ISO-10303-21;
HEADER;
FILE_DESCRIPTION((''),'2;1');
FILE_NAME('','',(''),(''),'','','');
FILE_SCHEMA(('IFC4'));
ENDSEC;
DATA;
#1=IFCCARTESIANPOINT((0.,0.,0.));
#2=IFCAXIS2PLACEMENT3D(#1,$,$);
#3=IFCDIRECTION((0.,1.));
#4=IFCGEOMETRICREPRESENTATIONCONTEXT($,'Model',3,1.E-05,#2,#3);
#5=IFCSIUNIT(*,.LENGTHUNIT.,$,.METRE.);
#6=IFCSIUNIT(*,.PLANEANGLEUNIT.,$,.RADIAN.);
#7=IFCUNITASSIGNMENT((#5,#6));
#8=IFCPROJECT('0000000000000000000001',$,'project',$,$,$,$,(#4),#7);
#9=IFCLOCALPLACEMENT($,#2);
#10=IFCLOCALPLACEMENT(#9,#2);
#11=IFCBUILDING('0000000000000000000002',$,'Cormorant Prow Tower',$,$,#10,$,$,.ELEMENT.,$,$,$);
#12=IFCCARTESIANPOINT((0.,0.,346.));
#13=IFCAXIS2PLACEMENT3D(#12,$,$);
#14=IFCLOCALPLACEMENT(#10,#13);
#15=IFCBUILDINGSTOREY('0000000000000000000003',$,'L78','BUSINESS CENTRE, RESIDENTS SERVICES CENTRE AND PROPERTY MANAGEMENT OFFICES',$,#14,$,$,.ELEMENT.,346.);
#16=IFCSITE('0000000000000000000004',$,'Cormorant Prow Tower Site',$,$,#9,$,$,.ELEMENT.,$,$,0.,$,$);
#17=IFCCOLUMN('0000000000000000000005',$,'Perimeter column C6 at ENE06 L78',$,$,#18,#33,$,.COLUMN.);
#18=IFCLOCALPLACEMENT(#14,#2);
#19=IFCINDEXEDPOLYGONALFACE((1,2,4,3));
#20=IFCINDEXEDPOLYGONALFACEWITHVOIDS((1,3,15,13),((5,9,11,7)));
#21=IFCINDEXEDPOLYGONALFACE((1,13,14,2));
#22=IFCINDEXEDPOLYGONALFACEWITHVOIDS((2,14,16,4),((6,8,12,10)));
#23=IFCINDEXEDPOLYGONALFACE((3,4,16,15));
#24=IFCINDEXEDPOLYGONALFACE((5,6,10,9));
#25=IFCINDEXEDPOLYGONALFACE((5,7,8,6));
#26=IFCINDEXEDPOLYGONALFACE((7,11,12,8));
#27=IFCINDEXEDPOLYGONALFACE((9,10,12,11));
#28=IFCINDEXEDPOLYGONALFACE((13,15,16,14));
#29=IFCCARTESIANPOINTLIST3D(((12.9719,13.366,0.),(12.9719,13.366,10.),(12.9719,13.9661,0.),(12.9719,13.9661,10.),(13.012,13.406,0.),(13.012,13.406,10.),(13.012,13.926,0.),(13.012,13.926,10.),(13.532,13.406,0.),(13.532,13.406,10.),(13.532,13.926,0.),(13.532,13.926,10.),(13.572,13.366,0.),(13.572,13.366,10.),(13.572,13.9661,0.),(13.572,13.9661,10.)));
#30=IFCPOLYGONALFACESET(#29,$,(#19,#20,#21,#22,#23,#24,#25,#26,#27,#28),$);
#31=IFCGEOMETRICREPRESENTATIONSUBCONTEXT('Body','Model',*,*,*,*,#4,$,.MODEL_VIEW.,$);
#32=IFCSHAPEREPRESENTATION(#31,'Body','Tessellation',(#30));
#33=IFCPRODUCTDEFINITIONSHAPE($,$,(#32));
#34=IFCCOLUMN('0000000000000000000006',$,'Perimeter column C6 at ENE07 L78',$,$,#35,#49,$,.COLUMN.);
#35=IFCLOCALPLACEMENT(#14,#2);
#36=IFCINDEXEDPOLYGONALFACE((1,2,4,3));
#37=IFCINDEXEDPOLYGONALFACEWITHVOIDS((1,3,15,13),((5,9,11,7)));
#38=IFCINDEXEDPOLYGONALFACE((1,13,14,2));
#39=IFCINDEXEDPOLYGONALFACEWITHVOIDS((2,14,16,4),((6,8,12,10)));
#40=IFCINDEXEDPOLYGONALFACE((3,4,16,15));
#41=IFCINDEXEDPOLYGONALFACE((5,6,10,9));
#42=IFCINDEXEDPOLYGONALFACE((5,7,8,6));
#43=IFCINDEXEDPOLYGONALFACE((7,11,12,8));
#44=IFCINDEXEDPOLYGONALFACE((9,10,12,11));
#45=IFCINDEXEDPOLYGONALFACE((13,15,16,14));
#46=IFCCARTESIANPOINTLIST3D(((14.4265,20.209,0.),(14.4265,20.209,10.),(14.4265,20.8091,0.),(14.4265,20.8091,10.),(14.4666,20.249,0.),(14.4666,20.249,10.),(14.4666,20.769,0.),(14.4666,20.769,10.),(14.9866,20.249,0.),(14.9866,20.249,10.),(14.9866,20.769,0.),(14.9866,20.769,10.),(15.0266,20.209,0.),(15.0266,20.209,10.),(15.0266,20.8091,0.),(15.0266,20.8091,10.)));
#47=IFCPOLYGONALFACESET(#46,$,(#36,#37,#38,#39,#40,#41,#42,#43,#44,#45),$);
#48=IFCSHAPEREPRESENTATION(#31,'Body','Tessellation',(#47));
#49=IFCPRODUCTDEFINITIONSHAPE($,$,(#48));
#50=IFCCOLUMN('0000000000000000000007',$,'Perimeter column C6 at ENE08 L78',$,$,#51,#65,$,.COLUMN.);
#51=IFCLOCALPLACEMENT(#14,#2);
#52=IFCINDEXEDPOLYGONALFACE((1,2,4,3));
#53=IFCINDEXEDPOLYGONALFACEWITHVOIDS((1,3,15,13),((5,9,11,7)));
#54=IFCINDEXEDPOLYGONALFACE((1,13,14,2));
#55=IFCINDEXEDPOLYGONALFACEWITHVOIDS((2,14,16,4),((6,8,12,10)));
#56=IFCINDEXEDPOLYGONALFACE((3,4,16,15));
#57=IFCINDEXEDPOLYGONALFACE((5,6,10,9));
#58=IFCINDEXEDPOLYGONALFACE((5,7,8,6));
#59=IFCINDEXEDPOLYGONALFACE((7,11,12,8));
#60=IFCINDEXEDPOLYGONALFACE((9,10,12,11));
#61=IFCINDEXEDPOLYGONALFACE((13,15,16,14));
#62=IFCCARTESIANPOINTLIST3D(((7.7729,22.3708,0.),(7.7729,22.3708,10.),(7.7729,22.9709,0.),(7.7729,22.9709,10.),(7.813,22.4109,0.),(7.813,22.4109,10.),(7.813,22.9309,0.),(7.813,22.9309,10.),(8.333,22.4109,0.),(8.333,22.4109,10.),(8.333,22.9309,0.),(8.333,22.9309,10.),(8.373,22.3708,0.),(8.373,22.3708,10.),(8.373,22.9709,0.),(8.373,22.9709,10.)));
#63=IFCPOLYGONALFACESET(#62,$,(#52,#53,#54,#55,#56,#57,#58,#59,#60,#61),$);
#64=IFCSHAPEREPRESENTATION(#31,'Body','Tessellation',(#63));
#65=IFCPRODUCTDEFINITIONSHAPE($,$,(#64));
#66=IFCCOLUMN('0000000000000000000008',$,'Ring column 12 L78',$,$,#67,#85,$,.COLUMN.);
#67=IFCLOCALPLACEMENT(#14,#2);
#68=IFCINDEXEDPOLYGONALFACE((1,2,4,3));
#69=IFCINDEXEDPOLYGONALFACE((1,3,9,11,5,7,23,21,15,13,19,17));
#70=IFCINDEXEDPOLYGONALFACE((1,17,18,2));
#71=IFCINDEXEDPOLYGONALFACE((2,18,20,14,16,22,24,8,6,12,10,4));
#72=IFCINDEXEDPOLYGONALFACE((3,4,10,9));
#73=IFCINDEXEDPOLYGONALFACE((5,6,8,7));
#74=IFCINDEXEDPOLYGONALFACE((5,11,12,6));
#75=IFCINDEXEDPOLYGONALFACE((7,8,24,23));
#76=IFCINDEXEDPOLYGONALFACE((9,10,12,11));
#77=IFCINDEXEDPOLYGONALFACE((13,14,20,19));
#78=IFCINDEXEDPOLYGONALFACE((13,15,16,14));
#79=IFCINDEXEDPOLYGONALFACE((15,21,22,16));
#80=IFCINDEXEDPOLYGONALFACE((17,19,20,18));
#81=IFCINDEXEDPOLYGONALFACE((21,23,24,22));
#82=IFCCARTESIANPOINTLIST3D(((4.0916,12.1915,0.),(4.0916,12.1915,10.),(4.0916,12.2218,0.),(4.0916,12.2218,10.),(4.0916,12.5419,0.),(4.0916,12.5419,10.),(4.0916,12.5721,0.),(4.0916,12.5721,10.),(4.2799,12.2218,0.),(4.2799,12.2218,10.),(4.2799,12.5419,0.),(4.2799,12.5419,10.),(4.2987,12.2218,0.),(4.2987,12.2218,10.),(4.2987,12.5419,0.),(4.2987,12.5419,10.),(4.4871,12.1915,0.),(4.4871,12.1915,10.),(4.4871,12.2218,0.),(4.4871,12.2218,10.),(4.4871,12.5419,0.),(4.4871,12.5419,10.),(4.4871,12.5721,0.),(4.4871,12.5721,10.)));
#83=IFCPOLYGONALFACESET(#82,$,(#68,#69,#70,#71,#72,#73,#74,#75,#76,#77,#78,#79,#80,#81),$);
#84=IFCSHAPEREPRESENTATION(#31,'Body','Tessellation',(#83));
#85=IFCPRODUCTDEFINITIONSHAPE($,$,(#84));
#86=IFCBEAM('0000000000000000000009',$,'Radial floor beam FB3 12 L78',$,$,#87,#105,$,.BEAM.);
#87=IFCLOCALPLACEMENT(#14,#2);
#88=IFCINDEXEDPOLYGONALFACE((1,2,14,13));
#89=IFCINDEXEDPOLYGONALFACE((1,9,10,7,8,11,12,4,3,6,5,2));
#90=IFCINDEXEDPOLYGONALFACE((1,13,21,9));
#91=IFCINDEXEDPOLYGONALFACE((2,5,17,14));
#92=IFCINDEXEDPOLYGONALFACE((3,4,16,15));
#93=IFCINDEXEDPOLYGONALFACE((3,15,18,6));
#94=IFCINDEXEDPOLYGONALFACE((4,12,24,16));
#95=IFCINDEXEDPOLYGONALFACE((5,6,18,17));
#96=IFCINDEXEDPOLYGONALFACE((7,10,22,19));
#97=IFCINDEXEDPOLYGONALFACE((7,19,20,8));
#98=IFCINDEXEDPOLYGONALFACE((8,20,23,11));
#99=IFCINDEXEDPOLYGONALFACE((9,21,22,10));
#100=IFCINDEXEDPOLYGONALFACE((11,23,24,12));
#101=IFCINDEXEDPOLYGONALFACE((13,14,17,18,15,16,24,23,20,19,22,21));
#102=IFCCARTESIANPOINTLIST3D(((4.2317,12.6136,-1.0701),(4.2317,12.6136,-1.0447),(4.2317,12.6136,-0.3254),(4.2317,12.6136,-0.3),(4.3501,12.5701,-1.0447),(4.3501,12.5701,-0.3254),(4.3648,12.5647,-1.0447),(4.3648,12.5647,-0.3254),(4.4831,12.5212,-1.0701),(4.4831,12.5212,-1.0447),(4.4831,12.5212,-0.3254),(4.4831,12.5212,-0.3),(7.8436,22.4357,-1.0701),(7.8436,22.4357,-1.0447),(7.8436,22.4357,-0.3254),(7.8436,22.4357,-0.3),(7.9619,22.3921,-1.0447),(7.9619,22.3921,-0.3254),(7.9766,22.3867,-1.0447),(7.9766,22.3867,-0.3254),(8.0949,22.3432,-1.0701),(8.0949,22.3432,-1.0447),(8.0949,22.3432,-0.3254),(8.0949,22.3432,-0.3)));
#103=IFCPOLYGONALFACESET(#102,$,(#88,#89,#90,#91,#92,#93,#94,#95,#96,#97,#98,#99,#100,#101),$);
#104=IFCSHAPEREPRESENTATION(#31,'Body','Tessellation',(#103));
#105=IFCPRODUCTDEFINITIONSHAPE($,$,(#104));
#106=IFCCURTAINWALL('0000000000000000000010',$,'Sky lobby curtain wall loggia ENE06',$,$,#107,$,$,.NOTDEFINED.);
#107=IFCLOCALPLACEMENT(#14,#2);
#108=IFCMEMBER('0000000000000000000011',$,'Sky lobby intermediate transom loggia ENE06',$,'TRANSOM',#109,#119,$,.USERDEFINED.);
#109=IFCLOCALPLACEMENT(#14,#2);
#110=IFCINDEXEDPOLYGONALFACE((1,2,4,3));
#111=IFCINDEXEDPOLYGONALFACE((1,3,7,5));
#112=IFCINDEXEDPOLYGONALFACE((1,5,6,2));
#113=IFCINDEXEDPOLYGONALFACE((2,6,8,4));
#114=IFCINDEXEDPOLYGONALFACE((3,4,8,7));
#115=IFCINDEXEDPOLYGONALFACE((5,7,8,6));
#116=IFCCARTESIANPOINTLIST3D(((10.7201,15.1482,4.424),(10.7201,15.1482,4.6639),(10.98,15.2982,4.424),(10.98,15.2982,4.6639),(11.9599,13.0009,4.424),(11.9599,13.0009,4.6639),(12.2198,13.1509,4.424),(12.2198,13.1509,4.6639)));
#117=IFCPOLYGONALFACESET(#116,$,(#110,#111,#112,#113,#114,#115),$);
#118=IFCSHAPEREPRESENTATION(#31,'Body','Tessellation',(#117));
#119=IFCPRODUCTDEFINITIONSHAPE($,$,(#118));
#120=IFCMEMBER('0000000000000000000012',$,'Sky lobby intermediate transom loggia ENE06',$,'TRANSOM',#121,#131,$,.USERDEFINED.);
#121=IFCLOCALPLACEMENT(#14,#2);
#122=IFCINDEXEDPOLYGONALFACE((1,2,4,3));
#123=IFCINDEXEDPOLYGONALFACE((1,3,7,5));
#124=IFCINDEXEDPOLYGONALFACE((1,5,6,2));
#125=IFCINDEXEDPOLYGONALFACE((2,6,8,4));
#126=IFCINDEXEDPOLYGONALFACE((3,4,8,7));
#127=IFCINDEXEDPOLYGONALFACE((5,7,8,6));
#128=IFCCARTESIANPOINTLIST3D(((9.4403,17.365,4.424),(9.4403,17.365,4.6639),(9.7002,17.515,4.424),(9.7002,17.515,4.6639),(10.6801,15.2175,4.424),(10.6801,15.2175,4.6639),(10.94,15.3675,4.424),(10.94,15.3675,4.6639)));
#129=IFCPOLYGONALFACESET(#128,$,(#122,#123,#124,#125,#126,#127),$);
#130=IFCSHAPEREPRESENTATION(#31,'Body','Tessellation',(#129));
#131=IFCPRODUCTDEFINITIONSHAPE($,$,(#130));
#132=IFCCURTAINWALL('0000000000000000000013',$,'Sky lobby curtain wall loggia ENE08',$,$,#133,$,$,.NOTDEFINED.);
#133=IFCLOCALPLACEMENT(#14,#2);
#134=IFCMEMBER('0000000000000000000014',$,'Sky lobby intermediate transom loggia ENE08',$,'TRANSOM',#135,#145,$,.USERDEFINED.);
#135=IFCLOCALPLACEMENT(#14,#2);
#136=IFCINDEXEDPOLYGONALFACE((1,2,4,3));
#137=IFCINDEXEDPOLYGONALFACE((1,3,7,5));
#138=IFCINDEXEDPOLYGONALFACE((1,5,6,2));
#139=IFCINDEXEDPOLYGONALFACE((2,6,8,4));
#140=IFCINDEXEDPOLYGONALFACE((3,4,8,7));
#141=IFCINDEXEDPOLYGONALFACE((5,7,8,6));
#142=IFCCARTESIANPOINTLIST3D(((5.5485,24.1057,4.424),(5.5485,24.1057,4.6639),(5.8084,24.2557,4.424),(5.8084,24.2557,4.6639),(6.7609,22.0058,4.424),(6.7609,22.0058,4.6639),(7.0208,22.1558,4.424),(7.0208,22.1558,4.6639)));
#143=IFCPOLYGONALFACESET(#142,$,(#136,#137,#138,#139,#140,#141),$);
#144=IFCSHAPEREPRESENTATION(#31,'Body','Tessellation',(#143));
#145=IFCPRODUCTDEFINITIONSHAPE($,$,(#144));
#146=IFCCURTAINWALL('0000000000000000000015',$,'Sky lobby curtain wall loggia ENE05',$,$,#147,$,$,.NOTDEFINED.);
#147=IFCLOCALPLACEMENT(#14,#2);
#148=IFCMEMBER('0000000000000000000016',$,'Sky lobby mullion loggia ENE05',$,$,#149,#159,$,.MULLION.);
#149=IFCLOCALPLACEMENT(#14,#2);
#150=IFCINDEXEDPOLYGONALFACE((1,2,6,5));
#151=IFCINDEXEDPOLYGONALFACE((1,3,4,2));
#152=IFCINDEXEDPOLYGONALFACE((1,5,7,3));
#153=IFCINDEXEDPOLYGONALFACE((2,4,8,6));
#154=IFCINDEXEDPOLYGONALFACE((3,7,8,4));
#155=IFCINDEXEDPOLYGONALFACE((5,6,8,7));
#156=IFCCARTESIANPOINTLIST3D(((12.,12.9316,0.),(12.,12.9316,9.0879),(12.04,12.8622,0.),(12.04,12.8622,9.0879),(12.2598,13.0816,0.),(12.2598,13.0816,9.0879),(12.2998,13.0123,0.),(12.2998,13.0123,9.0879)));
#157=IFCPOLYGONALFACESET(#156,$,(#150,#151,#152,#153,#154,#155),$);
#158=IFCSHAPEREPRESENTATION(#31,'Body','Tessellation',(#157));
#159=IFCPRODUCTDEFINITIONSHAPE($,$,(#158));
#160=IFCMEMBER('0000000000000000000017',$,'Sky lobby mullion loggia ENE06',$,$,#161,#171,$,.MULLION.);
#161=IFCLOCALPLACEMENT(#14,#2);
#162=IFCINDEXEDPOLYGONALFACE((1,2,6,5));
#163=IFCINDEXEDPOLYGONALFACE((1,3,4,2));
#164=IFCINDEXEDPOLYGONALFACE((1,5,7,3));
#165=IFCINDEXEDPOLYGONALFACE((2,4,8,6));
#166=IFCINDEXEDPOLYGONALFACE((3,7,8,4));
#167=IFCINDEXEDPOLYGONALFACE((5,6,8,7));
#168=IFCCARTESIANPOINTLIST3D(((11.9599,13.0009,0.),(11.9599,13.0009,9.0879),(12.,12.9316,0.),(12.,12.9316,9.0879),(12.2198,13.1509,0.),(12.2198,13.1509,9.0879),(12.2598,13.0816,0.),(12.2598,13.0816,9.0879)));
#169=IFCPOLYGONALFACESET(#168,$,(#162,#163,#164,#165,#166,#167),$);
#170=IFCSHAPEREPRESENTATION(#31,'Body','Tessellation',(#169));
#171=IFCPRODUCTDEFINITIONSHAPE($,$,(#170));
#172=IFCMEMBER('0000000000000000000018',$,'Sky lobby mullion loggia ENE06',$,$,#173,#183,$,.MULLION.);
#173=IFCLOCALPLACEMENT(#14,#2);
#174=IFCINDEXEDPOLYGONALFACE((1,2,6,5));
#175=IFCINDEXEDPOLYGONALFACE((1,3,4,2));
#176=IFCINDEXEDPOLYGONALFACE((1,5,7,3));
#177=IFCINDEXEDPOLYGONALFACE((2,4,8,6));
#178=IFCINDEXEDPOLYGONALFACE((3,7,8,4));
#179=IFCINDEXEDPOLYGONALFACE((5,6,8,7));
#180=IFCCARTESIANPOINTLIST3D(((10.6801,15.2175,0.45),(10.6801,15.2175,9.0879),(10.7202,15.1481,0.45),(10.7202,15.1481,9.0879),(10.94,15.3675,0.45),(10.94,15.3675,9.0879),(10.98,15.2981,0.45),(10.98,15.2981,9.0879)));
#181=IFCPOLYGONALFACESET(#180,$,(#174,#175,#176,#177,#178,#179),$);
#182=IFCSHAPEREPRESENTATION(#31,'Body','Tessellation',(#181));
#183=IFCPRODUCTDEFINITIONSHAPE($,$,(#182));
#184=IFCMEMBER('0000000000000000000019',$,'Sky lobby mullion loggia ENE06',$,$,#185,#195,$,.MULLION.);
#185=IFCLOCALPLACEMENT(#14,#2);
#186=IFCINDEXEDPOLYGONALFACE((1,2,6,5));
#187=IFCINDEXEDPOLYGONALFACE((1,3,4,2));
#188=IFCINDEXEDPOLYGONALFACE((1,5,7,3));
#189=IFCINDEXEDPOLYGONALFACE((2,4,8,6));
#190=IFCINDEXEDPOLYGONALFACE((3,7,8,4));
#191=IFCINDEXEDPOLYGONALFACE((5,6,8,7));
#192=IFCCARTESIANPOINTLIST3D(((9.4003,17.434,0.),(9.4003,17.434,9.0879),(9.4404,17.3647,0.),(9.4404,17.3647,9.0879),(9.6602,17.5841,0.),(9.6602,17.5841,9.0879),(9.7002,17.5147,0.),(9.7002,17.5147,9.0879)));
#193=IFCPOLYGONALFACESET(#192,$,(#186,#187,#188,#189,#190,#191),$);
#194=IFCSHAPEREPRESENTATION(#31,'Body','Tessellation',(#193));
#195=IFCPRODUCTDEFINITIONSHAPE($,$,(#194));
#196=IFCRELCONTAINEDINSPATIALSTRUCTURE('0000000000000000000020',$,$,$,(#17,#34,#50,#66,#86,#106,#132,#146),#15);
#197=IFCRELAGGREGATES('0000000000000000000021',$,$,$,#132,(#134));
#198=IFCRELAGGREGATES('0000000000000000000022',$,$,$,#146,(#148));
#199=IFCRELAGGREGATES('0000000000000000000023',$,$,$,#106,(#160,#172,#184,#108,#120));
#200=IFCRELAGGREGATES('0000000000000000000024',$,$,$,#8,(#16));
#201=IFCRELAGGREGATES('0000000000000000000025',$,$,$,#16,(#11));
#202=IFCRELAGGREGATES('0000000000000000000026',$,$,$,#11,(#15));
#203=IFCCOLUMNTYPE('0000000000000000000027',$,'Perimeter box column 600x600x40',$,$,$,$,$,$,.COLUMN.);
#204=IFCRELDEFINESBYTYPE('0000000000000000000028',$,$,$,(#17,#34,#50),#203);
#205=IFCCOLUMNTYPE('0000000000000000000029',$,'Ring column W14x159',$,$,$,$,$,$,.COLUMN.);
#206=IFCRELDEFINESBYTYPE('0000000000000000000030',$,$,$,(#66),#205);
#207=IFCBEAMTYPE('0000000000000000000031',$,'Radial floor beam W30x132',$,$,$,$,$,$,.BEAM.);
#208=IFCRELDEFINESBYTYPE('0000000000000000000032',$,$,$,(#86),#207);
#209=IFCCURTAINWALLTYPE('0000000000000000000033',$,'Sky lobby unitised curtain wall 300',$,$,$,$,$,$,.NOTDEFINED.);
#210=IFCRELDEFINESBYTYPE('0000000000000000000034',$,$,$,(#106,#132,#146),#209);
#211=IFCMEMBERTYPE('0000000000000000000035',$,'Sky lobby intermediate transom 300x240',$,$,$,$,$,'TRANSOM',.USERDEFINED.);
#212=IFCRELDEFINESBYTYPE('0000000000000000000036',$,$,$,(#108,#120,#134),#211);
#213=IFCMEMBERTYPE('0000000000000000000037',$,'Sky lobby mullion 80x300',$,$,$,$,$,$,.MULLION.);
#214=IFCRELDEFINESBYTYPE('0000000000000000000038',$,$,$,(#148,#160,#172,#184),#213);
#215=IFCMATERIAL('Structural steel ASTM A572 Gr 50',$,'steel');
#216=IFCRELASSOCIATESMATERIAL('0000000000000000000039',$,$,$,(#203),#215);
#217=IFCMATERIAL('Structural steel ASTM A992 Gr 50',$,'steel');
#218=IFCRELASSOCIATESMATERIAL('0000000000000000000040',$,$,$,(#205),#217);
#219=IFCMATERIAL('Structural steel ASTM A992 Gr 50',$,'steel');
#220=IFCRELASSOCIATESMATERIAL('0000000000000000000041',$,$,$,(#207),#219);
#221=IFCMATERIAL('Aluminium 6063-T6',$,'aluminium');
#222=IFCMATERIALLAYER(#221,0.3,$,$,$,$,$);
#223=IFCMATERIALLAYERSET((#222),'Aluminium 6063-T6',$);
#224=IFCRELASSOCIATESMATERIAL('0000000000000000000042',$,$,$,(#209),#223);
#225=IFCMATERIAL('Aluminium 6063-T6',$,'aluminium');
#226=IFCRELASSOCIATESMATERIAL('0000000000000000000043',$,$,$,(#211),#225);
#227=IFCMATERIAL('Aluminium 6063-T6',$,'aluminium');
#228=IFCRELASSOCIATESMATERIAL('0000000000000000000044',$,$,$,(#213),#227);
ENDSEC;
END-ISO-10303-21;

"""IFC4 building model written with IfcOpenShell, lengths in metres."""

from ifc_helpers import new_model, si_unit, direction, frame, origin, origin_2d, place, context, subcontext, project, spatial, rectangle, hollow_rectangle, i_section, extrude, material, layer, layer_set, material_profile, profile_set, type_object, element, aggregate, save


model = new_model("IFC4")

# Units and contexts
model_context = context("Model", 3, precision=1e-05, world=origin(), true_north=direction((0.0, 1.0)))
body_context = subcontext(model_context, "Body", "Model", "MODEL_VIEW")
ifc_project = project(units=[si_unit("LENGTHUNIT", "METRE"), si_unit("PLANEANGLEUNIT", "RADIAN")], contexts=[model_context])

# Site, building, storey
site_placement = place(None, origin())
site = spatial("IfcSite", under=ifc_project, at=site_placement, Name="Cormorant Prow Tower Site", CompositionType="ELEMENT", RefElevation=0.0)
building_placement = place(site_placement, origin())
building = spatial("IfcBuilding", under=site, at=building_placement, Name="Cormorant Prow Tower", CompositionType="ELEMENT")
storey_placement = place(building_placement, frame((0.0, 0.0, 346.0)))
storey = spatial("IfcBuildingStorey", under=building, at=storey_placement, Name="L78", Description="BUSINESS CENTRE, RESIDENTS SERVICES CENTRE AND PROPERTY MANAGEMENT OFFICES", CompositionType="ELEMENT", Elevation=346.0)

# Columns
ifc_material_1 = material(Name="Structural steel ASTM A572 Gr 50", Category="steel")
ifc_material_profile_1 = material_profile(ifc_material_1, hollow_rectangle(XDim=0.6001, YDim=0.6001, WallThickness=0.04, at=origin_2d()), Name="Box 600x600x40")
ifc_profile_set_1 = profile_set([ifc_material_profile_1], Name="Structural steel ASTM A572 Gr 50")
column_type_1 = type_object("IfcColumnType", Name="Perimeter box column 600x600x40", PredefinedType="COLUMN", material=ifc_profile_set_1)
for number, where, z_axis, x_axis, name in (
    (1, (13.272, 13.666, 0.0), (0.0, 0.0, 1.0), (1.0, 0.0, 0.0), "Perimeter column C6 at ENE06 L78"),
    (2, (14.7266, 20.509, 0.0), (0.0, 0.0, 1.0), (1.0, 0.0, 0.0), "Perimeter column C6 at ENE07 L78"),
    (3, (8.073, 22.6709, 0.0), (0.0, 0.0, 1.0), (1.0, 0.0, 0.0), "Perimeter column C6 at ENE08 L78"),
):
    element("IfcColumn", number, at=place(storey_placement, frame(where, z_axis=z_axis, x_axis=x_axis)), inside=storey, type_object=column_type_1, Name=name, PredefinedType="COLUMN", context=body_context, shape_type="SweptSolid", body=[
        extrude(hollow_rectangle(XDim=0.6001, YDim=0.6001, WallThickness=0.04, at=origin_2d()), origin(), (0.0, 0.0, 1.0), 10.0),
    ])
ifc_material_2 = material(Name="Structural steel ASTM A992 Gr 50", Category="steel")
ifc_material_profile_2 = material_profile(ifc_material_2, i_section(OverallWidth=0.3955, OverallDepth=0.3806, WebThickness=0.0188, FlangeThickness=0.0303, at=origin_2d()), Name="W14x159")
ifc_profile_set_2 = profile_set([ifc_material_profile_2], Name="Structural steel ASTM A992 Gr 50")
column_type_2 = type_object("IfcColumnType", Name="Ring column W14x159", PredefinedType="COLUMN", material=ifc_profile_set_2)
column_placement = place(storey_placement, frame((4.2893, 12.3818, 0.0), z_axis=(0.0, 0.0, 1.0), x_axis=(1.0, 0.0, 0.0)))
element("IfcColumn", 4, at=column_placement, inside=storey, type_object=column_type_2, Name="Ring column 12 L78", PredefinedType="COLUMN", context=body_context, shape_type="SweptSolid", body=[
    extrude(i_section(OverallWidth=0.3955, OverallDepth=0.3806, WebThickness=0.0188, FlangeThickness=0.0303, at=origin_2d()), origin(), (0.0, 0.0, 1.0), 10.0),
])

# Beam
ifc_material_3 = material(Name="Structural steel ASTM A992 Gr 50", Category="steel")
ifc_material_profile_3 = material_profile(ifc_material_3, i_section(OverallWidth=0.2678, OverallDepth=0.77, WebThickness=0.0156, FlangeThickness=0.0254, at=origin_2d()), Name="W30x132")
ifc_profile_set_3 = profile_set([ifc_material_profile_3], Name="Structural steel ASTM A992 Gr 50")
beam_type_1 = type_object("IfcBeamType", Name="Radial floor beam W30x132", PredefinedType="BEAM", material=ifc_profile_set_3)
beam_placement = place(storey_placement, frame((4.3574, 12.5674, -0.6851), z_axis=(0.345131, 0.938554, 0.0), x_axis=(-0.938554, 0.345131, 0.0)))
element("IfcBeam", 5, at=beam_placement, inside=storey, type_object=beam_type_1, Name="Radial floor beam FB3 12 L78", PredefinedType="BEAM", context=body_context, shape_type="SweptSolid", body=[
    extrude(i_section(OverallWidth=0.2678, OverallDepth=0.77, WebThickness=0.0156, FlangeThickness=0.0254, at=origin_2d()), origin(), (0.0, 0.0, 1.0), 10.4651),
])

# Curtain wall, members
ifc_material_4 = material(Name="Aluminium 6063-T6", Category="aluminium")
ifc_layer_1 = layer(ifc_material_4, 0.3)
ifc_layer_set_1 = layer_set([ifc_layer_1], Name="Aluminium 6063-T6")
curtain_wall_type = type_object("IfcCurtainWallType", Name="Sky lobby unitised curtain wall 300", PredefinedType="NOTDEFINED", material=ifc_layer_set_1)
curtain_wall_1_placement = place(storey_placement, origin())
curtain_wall_1 = element("IfcCurtainWall", 6, at=curtain_wall_1_placement, inside=storey, type_object=curtain_wall_type, Name="Sky lobby curtain wall loggia ENE06", PredefinedType="NOTDEFINED")
ifc_material_5 = material(Name="Aluminium 6063-T6", Category="aluminium")
ifc_material_profile_4 = material_profile(ifc_material_5, rectangle(XDim=0.3, YDim=0.24, at=origin_2d()), Name="Sky lobby intermediate transom 300x240")
ifc_profile_set_4 = profile_set([ifc_material_profile_4], Name="Aluminium 6063-T6")
member_type_1 = type_object("IfcMemberType", Name="Sky lobby intermediate transom 300x240", ElementType="TRANSOM", PredefinedType="USERDEFINED", material=ifc_profile_set_4)
member_1_placement = place(storey_placement, frame((12.0898, 13.0759, 4.5439), z_axis=(-0.500015, 0.866017, 0.0), x_axis=(-0.866017, -0.500015, 0.0)))
member_1 = element("IfcMember", 7, at=member_1_placement, type_object=member_type_1, Name="Sky lobby intermediate transom loggia ENE06", ObjectType="TRANSOM", PredefinedType="USERDEFINED", context=body_context, shape_type="SweptSolid", body=[
    extrude(rectangle(XDim=0.3, YDim=0.24, at=origin_2d()), origin(), (0.0, 0.0, 1.0), 2.4795),
])
member_2_placement = place(storey_placement, frame((10.8101, 15.2925, 4.5439), z_axis=(-0.499972, 0.866041, 0.0), x_axis=(-0.866041, -0.499972, 0.0)))
member_2 = element("IfcMember", 8, at=member_2_placement, type_object=member_type_1, Name="Sky lobby intermediate transom loggia ENE06", ObjectType="TRANSOM", PredefinedType="USERDEFINED", context=body_context, shape_type="SweptSolid", body=[
    extrude(rectangle(XDim=0.3, YDim=0.24, at=origin_2d()), origin(), (0.0, 0.0, 1.0), 2.4797),
])

# Curtain walls, members
curtain_wall_2_placement = place(storey_placement, origin())
curtain_wall_2 = element("IfcCurtainWall", 9, at=curtain_wall_2_placement, inside=storey, type_object=curtain_wall_type, Name="Sky lobby curtain wall loggia ENE08", PredefinedType="NOTDEFINED")
member_3_placement = place(storey_placement, frame((6.8909, 22.0808, 4.5439), z_axis=(-0.500016, 0.866016, 0.0), x_axis=(-0.866016, -0.500016, 0.0)))
member_3 = element("IfcMember", 10, at=member_3_placement, type_object=member_type_1, Name="Sky lobby intermediate transom loggia ENE08", ObjectType="TRANSOM", PredefinedType="USERDEFINED", context=body_context, shape_type="SweptSolid", body=[
    extrude(rectangle(XDim=0.3, YDim=0.24, at=origin_2d()), origin(), (0.0, 0.0, 1.0), 2.4248),
])
curtain_wall_3_placement = place(storey_placement, origin())
curtain_wall_3 = element("IfcCurtainWall", 11, at=curtain_wall_3_placement, inside=storey, type_object=curtain_wall_type, Name="Sky lobby curtain wall loggia ENE05", PredefinedType="NOTDEFINED")
ifc_material_6 = material(Name="Aluminium 6063-T6", Category="aluminium")
ifc_material_profile_5 = material_profile(ifc_material_6, rectangle(XDim=0.3, YDim=0.0801, at=origin_2d()), Name="Sky lobby mullion 80x300")
ifc_profile_set_5 = profile_set([ifc_material_profile_5], Name="Aluminium 6063-T6")
member_type_2 = type_object("IfcMemberType", Name="Sky lobby mullion 80x300", PredefinedType="MULLION", material=ifc_profile_set_5)
member_4_placement = place(storey_placement, frame((12.1499, 12.9719, 0.0), z_axis=(0.0, 0.0, 1.0), x_axis=(-0.866025, -0.5, 0.0)))
member_4 = element("IfcMember", 12, at=member_4_placement, type_object=member_type_2, Name="Sky lobby mullion loggia ENE05", PredefinedType="MULLION", context=body_context, shape_type="SweptSolid", body=[
    extrude(rectangle(XDim=0.3, YDim=0.0801, at=origin_2d()), origin(), (0.0, 0.0, 1.0), 9.0879),
])

# Members
member_5_placement = place(storey_placement, frame((12.1099, 13.0413, 0.0), z_axis=(0.0, 0.0, 1.0), x_axis=(-0.866025, -0.5, 0.0)))
member_5 = element("IfcMember", 13, at=member_5_placement, type_object=member_type_2, Name="Sky lobby mullion loggia ENE06", PredefinedType="MULLION", context=body_context, shape_type="SweptSolid", body=[
    extrude(rectangle(XDim=0.3, YDim=0.0801, at=origin_2d()), origin(), (0.0, 0.0, 1.0), 9.0879),
])
member_6_placement = place(storey_placement, frame((10.8301, 15.2578, 0.45), z_axis=(0.0, 0.0, 1.0), x_axis=(-0.866025, -0.5, 0.0)))
member_6 = element("IfcMember", 14, at=member_6_placement, type_object=member_type_2, Name="Sky lobby mullion loggia ENE06", PredefinedType="MULLION", context=body_context, shape_type="SweptSolid", body=[
    extrude(rectangle(XDim=0.3, YDim=0.0801, at=origin_2d()), origin(), (0.0, 0.0, 1.0), 8.6379),
])
member_7_placement = place(storey_placement, frame((9.5503, 17.4744, 0.0), z_axis=(0.0, 0.0, 1.0), x_axis=(-0.866025, -0.5, 0.0)))
member_7 = element("IfcMember", 15, at=member_7_placement, type_object=member_type_2, Name="Sky lobby mullion loggia ENE06", PredefinedType="MULLION", context=body_context, shape_type="SweptSolid", body=[
    extrude(rectangle(XDim=0.3, YDim=0.0801, at=origin_2d()), origin(), (0.0, 0.0, 1.0), 9.0879),
])
aggregate(curtain_wall_2, [member_3])

aggregate(curtain_wall_3, [member_4])
aggregate(curtain_wall_1, [member_5, member_6, member_7, member_1, member_2])

save(model, "model.ifc")
